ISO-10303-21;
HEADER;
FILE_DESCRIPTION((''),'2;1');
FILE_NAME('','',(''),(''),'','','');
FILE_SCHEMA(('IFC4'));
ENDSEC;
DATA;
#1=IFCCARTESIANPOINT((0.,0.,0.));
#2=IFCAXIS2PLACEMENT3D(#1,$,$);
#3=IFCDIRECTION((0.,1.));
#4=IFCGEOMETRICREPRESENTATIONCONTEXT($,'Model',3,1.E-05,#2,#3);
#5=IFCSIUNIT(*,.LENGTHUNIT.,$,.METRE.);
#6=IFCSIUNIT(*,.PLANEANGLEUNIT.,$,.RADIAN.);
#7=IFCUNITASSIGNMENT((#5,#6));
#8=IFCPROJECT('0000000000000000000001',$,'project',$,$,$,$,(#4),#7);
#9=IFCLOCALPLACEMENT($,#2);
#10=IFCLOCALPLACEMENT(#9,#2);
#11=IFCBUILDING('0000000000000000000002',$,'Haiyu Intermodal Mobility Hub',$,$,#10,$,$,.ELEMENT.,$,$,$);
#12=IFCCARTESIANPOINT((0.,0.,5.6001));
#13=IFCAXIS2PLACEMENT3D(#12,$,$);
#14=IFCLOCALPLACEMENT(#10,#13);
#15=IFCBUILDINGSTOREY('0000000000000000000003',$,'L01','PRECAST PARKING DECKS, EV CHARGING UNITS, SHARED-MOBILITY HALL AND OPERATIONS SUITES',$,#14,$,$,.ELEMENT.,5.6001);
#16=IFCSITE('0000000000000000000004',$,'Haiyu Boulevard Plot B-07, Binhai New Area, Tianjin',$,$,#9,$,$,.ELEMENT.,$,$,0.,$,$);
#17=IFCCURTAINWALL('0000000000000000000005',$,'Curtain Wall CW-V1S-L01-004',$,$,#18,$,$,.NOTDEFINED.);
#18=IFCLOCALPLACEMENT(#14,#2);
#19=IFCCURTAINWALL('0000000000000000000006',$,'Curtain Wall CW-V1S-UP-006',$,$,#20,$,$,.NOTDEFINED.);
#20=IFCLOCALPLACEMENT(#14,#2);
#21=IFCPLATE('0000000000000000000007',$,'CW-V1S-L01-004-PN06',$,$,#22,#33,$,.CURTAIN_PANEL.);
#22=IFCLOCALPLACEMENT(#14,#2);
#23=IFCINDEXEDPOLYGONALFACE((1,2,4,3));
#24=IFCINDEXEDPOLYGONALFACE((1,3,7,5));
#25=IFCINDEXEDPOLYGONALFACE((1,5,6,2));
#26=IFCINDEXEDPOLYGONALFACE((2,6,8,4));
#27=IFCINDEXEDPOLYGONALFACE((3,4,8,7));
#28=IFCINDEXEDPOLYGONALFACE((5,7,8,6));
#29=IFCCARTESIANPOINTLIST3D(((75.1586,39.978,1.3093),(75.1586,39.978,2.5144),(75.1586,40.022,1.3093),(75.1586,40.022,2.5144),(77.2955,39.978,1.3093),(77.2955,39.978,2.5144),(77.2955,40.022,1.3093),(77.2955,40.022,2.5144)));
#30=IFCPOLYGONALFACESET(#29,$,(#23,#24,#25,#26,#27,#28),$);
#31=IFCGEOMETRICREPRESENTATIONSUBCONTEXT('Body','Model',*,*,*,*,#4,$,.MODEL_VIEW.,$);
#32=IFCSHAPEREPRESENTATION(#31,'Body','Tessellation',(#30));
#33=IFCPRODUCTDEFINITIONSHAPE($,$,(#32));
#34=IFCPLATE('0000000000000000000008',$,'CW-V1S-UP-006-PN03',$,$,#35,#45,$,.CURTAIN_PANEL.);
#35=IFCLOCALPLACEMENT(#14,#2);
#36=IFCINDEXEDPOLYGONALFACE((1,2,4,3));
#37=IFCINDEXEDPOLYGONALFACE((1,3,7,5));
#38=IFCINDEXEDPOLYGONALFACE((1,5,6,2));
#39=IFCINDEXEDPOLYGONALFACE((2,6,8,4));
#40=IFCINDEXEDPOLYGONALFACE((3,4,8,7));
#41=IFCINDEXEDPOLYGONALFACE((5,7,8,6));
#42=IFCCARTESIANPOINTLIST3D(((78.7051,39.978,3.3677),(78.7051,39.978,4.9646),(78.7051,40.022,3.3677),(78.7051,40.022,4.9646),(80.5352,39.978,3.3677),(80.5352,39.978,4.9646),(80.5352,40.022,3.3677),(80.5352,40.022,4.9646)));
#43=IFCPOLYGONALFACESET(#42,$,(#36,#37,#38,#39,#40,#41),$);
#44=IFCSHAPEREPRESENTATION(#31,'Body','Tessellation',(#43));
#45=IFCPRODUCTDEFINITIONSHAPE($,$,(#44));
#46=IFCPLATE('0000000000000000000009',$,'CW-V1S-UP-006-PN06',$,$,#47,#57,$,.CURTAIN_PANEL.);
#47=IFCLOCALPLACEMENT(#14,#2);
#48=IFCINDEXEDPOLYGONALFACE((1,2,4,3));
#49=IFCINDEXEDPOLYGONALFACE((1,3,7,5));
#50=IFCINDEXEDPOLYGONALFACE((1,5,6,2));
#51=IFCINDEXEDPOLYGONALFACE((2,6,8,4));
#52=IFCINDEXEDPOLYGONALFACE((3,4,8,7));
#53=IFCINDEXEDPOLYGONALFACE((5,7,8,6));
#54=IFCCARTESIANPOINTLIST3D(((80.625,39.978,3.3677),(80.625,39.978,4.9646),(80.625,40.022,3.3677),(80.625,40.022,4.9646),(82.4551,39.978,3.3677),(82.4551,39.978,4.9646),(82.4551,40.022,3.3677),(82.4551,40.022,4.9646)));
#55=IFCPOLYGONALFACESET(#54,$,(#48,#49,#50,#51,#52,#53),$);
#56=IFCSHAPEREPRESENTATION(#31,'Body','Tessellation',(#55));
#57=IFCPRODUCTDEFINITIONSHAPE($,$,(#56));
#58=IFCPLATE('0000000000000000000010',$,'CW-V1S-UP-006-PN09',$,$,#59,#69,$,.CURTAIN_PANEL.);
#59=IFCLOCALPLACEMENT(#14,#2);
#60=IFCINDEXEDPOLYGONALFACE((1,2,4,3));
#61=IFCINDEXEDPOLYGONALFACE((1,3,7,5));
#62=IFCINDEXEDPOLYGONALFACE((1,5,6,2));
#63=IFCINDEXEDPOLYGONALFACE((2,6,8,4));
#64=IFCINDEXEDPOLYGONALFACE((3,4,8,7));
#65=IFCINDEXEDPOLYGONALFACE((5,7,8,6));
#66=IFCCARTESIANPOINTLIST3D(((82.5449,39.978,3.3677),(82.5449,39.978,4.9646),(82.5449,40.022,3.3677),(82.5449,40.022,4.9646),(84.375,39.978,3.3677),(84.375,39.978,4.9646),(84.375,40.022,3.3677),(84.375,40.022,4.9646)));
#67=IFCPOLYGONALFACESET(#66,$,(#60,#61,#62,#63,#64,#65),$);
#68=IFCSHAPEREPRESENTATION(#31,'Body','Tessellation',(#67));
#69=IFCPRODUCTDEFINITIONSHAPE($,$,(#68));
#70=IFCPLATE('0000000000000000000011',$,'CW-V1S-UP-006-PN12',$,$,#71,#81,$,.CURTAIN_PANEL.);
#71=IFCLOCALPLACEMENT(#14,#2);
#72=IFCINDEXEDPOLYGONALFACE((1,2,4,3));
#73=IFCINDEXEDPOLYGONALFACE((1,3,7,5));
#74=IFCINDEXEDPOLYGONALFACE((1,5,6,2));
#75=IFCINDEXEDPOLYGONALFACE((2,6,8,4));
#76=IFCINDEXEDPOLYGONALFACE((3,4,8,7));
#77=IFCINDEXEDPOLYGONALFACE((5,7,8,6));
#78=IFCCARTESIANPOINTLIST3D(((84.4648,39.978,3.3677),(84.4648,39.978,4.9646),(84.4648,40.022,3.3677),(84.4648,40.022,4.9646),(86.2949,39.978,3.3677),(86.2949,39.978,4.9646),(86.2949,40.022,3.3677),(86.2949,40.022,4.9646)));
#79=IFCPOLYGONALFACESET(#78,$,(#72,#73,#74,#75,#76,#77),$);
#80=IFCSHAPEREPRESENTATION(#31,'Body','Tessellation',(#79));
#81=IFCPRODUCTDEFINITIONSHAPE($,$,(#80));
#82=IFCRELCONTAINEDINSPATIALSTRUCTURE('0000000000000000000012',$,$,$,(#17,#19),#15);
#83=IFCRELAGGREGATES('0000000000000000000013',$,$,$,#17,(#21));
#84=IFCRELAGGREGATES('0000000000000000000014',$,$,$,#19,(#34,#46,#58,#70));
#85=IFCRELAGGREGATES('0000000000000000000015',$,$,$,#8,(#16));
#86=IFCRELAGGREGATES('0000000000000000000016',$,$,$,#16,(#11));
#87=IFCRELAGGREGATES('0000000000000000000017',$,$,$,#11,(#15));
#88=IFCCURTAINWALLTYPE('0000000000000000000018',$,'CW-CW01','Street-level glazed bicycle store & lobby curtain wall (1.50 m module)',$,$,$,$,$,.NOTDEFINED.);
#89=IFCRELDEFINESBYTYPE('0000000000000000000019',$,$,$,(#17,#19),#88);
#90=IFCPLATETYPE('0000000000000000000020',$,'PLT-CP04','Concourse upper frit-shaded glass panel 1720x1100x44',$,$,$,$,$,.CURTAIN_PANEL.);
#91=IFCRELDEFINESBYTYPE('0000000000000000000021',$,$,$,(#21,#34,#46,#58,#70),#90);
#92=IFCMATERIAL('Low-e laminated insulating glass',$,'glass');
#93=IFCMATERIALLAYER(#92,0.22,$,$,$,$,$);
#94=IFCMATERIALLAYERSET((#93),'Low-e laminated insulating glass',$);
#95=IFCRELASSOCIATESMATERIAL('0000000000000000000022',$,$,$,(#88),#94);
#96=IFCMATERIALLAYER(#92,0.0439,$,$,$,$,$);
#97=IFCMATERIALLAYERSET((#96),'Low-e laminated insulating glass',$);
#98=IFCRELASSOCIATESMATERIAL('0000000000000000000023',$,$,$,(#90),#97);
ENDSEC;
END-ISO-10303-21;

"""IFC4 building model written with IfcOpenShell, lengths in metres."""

from ifc_helpers import new_model, si_unit, direction, frame, origin, origin_2d, place, context, subcontext, project, spatial, rectangle, extrude, material, layer, layer_set, type_object, element, aggregate, save


model = new_model("IFC4")

# Units and contexts
model_context = context("Model", 3, precision=1e-05, world=origin(), true_north=direction((0.0, 1.0)))
body_context = subcontext(model_context, "Body", "Model", "MODEL_VIEW")
ifc_project = project(units=[si_unit("LENGTHUNIT", "METRE"), si_unit("PLANEANGLEUNIT", "RADIAN")], contexts=[model_context])

# Site, building, storey
site_placement = place(None, origin())
site = spatial("IfcSite", under=ifc_project, at=site_placement, Name="Haiyu Boulevard Plot B-07, Binhai New Area, Tianjin", CompositionType="ELEMENT", RefElevation=0.0)
building_placement = place(site_placement, origin())
building = spatial("IfcBuilding", under=site, at=building_placement, Name="Haiyu Intermodal Mobility Hub", CompositionType="ELEMENT")
storey_placement = place(building_placement, frame((0.0, 0.0, 5.6001)))
storey = spatial("IfcBuildingStorey", under=building, at=storey_placement, Name="L01", Description="PRECAST PARKING DECKS, EV CHARGING UNITS, SHARED-MOBILITY HALL AND OPERATIONS SUITES", CompositionType="ELEMENT", Elevation=5.6001)

# Curtain walls
ifc_material_1 = material(Name="Low-e laminated insulating glass", Category="glass")
ifc_layer_1 = layer(ifc_material_1, 0.22)
ifc_layer_set_1 = layer_set([ifc_layer_1], Name="Low-e laminated insulating glass")
curtain_wall_type = type_object("IfcCurtainWallType", Name="CW-CW01", Description="Street-level glazed bicycle store & lobby curtain wall (1.50 m module)", PredefinedType="NOTDEFINED", material=ifc_layer_set_1)
curtain_wall_1_placement = place(storey_placement, origin())
curtain_wall_1 = element("IfcCurtainWall", 1, at=curtain_wall_1_placement, inside=storey, type_object=curtain_wall_type, Name="Curtain Wall CW-V1S-L01-004", PredefinedType="NOTDEFINED")
curtain_wall_2_placement = place(storey_placement, origin())
curtain_wall_2 = element("IfcCurtainWall", 2, at=curtain_wall_2_placement, inside=storey, type_object=curtain_wall_type, Name="Curtain Wall CW-V1S-UP-006", PredefinedType="NOTDEFINED")

# Plates
ifc_layer_2 = layer(ifc_material_1, 0.0439)
ifc_layer_set_2 = layer_set([ifc_layer_2], Name="Low-e laminated insulating glass")
plate_type_1 = type_object("IfcPlateType", Name="PLT-CP04", Description="Concourse upper frit-shaded glass panel 1720x1100x44", PredefinedType="CURTAIN_PANEL", material=ifc_layer_set_2)
plate_1_placement = place(storey_placement, frame((76.2271, 40.0, 1.3093), z_axis=(0.0, 0.0, 1.0), x_axis=(1.0, 0.0, 0.0)))
plate_1 = element("IfcPlate", 3, at=plate_1_placement, type_object=plate_type_1, Name="CW-V1S-L01-004-PN06", PredefinedType="CURTAIN_PANEL", context=body_context, shape_type="SweptSolid", body=[
    extrude(rectangle(XDim=2.137, YDim=0.0439, at=origin_2d()), origin(), (0.0, 0.0, 1.0), 1.2051),
])
aggregate(curtain_wall_1, [plate_1])
plate_2_placement = place(storey_placement, frame((79.6201, 40.0, 3.3677), z_axis=(0.0, 0.0, 1.0), x_axis=(1.0, 0.0, 0.0)))
plate_2 = element("IfcPlate", 4, at=plate_2_placement, type_object=plate_type_1, Name="CW-V1S-UP-006-PN03", PredefinedType="CURTAIN_PANEL", context=body_context, shape_type="SweptSolid", body=[
    extrude(rectangle(XDim=1.8301, YDim=0.0439, at=origin_2d()), origin(), (0.0, 0.0, 1.0), 1.5969),
])
plate_3_placement = place(storey_placement, frame((81.54, 40.0, 3.3677), z_axis=(0.0, 0.0, 1.0), x_axis=(1.0, 0.0, 0.0)))
plate_3 = element("IfcPlate", 5, at=plate_3_placement, type_object=plate_type_1, Name="CW-V1S-UP-006-PN06", PredefinedType="CURTAIN_PANEL", context=body_context, shape_type="SweptSolid", body=[
    extrude(rectangle(XDim=1.8301, YDim=0.0439, at=origin_2d()), origin(), (0.0, 0.0, 1.0), 1.5969),
])
plate_4_placement = place(storey_placement, frame((83.46, 40.0, 3.3677), z_axis=(0.0, 0.0, 1.0), x_axis=(1.0, 0.0, 0.0)))
plate_4 = element("IfcPlate", 6, at=plate_4_placement, type_object=plate_type_1, Name="CW-V1S-UP-006-PN09", PredefinedType="CURTAIN_PANEL", context=body_context, shape_type="SweptSolid", body=[
    extrude(rectangle(XDim=1.8301, YDim=0.0439, at=origin_2d()), origin(), (0.0, 0.0, 1.0), 1.5969),
])
plate_5_placement = place(storey_placement, frame((85.3799, 40.0, 3.3677), z_axis=(0.0, 0.0, 1.0), x_axis=(1.0, 0.0, 0.0)))
plate_5 = element("IfcPlate", 7, at=plate_5_placement, type_object=plate_type_1, Name="CW-V1S-UP-006-PN12", PredefinedType="CURTAIN_PANEL", context=body_context, shape_type="SweptSolid", body=[
    extrude(rectangle(XDim=1.8301, YDim=0.0439, at=origin_2d()), origin(), (0.0, 0.0, 1.0), 1.5969),
])
aggregate(curtain_wall_2, [plate_2, plate_3, plate_4, plate_5])

save(model, "model.ifc")
